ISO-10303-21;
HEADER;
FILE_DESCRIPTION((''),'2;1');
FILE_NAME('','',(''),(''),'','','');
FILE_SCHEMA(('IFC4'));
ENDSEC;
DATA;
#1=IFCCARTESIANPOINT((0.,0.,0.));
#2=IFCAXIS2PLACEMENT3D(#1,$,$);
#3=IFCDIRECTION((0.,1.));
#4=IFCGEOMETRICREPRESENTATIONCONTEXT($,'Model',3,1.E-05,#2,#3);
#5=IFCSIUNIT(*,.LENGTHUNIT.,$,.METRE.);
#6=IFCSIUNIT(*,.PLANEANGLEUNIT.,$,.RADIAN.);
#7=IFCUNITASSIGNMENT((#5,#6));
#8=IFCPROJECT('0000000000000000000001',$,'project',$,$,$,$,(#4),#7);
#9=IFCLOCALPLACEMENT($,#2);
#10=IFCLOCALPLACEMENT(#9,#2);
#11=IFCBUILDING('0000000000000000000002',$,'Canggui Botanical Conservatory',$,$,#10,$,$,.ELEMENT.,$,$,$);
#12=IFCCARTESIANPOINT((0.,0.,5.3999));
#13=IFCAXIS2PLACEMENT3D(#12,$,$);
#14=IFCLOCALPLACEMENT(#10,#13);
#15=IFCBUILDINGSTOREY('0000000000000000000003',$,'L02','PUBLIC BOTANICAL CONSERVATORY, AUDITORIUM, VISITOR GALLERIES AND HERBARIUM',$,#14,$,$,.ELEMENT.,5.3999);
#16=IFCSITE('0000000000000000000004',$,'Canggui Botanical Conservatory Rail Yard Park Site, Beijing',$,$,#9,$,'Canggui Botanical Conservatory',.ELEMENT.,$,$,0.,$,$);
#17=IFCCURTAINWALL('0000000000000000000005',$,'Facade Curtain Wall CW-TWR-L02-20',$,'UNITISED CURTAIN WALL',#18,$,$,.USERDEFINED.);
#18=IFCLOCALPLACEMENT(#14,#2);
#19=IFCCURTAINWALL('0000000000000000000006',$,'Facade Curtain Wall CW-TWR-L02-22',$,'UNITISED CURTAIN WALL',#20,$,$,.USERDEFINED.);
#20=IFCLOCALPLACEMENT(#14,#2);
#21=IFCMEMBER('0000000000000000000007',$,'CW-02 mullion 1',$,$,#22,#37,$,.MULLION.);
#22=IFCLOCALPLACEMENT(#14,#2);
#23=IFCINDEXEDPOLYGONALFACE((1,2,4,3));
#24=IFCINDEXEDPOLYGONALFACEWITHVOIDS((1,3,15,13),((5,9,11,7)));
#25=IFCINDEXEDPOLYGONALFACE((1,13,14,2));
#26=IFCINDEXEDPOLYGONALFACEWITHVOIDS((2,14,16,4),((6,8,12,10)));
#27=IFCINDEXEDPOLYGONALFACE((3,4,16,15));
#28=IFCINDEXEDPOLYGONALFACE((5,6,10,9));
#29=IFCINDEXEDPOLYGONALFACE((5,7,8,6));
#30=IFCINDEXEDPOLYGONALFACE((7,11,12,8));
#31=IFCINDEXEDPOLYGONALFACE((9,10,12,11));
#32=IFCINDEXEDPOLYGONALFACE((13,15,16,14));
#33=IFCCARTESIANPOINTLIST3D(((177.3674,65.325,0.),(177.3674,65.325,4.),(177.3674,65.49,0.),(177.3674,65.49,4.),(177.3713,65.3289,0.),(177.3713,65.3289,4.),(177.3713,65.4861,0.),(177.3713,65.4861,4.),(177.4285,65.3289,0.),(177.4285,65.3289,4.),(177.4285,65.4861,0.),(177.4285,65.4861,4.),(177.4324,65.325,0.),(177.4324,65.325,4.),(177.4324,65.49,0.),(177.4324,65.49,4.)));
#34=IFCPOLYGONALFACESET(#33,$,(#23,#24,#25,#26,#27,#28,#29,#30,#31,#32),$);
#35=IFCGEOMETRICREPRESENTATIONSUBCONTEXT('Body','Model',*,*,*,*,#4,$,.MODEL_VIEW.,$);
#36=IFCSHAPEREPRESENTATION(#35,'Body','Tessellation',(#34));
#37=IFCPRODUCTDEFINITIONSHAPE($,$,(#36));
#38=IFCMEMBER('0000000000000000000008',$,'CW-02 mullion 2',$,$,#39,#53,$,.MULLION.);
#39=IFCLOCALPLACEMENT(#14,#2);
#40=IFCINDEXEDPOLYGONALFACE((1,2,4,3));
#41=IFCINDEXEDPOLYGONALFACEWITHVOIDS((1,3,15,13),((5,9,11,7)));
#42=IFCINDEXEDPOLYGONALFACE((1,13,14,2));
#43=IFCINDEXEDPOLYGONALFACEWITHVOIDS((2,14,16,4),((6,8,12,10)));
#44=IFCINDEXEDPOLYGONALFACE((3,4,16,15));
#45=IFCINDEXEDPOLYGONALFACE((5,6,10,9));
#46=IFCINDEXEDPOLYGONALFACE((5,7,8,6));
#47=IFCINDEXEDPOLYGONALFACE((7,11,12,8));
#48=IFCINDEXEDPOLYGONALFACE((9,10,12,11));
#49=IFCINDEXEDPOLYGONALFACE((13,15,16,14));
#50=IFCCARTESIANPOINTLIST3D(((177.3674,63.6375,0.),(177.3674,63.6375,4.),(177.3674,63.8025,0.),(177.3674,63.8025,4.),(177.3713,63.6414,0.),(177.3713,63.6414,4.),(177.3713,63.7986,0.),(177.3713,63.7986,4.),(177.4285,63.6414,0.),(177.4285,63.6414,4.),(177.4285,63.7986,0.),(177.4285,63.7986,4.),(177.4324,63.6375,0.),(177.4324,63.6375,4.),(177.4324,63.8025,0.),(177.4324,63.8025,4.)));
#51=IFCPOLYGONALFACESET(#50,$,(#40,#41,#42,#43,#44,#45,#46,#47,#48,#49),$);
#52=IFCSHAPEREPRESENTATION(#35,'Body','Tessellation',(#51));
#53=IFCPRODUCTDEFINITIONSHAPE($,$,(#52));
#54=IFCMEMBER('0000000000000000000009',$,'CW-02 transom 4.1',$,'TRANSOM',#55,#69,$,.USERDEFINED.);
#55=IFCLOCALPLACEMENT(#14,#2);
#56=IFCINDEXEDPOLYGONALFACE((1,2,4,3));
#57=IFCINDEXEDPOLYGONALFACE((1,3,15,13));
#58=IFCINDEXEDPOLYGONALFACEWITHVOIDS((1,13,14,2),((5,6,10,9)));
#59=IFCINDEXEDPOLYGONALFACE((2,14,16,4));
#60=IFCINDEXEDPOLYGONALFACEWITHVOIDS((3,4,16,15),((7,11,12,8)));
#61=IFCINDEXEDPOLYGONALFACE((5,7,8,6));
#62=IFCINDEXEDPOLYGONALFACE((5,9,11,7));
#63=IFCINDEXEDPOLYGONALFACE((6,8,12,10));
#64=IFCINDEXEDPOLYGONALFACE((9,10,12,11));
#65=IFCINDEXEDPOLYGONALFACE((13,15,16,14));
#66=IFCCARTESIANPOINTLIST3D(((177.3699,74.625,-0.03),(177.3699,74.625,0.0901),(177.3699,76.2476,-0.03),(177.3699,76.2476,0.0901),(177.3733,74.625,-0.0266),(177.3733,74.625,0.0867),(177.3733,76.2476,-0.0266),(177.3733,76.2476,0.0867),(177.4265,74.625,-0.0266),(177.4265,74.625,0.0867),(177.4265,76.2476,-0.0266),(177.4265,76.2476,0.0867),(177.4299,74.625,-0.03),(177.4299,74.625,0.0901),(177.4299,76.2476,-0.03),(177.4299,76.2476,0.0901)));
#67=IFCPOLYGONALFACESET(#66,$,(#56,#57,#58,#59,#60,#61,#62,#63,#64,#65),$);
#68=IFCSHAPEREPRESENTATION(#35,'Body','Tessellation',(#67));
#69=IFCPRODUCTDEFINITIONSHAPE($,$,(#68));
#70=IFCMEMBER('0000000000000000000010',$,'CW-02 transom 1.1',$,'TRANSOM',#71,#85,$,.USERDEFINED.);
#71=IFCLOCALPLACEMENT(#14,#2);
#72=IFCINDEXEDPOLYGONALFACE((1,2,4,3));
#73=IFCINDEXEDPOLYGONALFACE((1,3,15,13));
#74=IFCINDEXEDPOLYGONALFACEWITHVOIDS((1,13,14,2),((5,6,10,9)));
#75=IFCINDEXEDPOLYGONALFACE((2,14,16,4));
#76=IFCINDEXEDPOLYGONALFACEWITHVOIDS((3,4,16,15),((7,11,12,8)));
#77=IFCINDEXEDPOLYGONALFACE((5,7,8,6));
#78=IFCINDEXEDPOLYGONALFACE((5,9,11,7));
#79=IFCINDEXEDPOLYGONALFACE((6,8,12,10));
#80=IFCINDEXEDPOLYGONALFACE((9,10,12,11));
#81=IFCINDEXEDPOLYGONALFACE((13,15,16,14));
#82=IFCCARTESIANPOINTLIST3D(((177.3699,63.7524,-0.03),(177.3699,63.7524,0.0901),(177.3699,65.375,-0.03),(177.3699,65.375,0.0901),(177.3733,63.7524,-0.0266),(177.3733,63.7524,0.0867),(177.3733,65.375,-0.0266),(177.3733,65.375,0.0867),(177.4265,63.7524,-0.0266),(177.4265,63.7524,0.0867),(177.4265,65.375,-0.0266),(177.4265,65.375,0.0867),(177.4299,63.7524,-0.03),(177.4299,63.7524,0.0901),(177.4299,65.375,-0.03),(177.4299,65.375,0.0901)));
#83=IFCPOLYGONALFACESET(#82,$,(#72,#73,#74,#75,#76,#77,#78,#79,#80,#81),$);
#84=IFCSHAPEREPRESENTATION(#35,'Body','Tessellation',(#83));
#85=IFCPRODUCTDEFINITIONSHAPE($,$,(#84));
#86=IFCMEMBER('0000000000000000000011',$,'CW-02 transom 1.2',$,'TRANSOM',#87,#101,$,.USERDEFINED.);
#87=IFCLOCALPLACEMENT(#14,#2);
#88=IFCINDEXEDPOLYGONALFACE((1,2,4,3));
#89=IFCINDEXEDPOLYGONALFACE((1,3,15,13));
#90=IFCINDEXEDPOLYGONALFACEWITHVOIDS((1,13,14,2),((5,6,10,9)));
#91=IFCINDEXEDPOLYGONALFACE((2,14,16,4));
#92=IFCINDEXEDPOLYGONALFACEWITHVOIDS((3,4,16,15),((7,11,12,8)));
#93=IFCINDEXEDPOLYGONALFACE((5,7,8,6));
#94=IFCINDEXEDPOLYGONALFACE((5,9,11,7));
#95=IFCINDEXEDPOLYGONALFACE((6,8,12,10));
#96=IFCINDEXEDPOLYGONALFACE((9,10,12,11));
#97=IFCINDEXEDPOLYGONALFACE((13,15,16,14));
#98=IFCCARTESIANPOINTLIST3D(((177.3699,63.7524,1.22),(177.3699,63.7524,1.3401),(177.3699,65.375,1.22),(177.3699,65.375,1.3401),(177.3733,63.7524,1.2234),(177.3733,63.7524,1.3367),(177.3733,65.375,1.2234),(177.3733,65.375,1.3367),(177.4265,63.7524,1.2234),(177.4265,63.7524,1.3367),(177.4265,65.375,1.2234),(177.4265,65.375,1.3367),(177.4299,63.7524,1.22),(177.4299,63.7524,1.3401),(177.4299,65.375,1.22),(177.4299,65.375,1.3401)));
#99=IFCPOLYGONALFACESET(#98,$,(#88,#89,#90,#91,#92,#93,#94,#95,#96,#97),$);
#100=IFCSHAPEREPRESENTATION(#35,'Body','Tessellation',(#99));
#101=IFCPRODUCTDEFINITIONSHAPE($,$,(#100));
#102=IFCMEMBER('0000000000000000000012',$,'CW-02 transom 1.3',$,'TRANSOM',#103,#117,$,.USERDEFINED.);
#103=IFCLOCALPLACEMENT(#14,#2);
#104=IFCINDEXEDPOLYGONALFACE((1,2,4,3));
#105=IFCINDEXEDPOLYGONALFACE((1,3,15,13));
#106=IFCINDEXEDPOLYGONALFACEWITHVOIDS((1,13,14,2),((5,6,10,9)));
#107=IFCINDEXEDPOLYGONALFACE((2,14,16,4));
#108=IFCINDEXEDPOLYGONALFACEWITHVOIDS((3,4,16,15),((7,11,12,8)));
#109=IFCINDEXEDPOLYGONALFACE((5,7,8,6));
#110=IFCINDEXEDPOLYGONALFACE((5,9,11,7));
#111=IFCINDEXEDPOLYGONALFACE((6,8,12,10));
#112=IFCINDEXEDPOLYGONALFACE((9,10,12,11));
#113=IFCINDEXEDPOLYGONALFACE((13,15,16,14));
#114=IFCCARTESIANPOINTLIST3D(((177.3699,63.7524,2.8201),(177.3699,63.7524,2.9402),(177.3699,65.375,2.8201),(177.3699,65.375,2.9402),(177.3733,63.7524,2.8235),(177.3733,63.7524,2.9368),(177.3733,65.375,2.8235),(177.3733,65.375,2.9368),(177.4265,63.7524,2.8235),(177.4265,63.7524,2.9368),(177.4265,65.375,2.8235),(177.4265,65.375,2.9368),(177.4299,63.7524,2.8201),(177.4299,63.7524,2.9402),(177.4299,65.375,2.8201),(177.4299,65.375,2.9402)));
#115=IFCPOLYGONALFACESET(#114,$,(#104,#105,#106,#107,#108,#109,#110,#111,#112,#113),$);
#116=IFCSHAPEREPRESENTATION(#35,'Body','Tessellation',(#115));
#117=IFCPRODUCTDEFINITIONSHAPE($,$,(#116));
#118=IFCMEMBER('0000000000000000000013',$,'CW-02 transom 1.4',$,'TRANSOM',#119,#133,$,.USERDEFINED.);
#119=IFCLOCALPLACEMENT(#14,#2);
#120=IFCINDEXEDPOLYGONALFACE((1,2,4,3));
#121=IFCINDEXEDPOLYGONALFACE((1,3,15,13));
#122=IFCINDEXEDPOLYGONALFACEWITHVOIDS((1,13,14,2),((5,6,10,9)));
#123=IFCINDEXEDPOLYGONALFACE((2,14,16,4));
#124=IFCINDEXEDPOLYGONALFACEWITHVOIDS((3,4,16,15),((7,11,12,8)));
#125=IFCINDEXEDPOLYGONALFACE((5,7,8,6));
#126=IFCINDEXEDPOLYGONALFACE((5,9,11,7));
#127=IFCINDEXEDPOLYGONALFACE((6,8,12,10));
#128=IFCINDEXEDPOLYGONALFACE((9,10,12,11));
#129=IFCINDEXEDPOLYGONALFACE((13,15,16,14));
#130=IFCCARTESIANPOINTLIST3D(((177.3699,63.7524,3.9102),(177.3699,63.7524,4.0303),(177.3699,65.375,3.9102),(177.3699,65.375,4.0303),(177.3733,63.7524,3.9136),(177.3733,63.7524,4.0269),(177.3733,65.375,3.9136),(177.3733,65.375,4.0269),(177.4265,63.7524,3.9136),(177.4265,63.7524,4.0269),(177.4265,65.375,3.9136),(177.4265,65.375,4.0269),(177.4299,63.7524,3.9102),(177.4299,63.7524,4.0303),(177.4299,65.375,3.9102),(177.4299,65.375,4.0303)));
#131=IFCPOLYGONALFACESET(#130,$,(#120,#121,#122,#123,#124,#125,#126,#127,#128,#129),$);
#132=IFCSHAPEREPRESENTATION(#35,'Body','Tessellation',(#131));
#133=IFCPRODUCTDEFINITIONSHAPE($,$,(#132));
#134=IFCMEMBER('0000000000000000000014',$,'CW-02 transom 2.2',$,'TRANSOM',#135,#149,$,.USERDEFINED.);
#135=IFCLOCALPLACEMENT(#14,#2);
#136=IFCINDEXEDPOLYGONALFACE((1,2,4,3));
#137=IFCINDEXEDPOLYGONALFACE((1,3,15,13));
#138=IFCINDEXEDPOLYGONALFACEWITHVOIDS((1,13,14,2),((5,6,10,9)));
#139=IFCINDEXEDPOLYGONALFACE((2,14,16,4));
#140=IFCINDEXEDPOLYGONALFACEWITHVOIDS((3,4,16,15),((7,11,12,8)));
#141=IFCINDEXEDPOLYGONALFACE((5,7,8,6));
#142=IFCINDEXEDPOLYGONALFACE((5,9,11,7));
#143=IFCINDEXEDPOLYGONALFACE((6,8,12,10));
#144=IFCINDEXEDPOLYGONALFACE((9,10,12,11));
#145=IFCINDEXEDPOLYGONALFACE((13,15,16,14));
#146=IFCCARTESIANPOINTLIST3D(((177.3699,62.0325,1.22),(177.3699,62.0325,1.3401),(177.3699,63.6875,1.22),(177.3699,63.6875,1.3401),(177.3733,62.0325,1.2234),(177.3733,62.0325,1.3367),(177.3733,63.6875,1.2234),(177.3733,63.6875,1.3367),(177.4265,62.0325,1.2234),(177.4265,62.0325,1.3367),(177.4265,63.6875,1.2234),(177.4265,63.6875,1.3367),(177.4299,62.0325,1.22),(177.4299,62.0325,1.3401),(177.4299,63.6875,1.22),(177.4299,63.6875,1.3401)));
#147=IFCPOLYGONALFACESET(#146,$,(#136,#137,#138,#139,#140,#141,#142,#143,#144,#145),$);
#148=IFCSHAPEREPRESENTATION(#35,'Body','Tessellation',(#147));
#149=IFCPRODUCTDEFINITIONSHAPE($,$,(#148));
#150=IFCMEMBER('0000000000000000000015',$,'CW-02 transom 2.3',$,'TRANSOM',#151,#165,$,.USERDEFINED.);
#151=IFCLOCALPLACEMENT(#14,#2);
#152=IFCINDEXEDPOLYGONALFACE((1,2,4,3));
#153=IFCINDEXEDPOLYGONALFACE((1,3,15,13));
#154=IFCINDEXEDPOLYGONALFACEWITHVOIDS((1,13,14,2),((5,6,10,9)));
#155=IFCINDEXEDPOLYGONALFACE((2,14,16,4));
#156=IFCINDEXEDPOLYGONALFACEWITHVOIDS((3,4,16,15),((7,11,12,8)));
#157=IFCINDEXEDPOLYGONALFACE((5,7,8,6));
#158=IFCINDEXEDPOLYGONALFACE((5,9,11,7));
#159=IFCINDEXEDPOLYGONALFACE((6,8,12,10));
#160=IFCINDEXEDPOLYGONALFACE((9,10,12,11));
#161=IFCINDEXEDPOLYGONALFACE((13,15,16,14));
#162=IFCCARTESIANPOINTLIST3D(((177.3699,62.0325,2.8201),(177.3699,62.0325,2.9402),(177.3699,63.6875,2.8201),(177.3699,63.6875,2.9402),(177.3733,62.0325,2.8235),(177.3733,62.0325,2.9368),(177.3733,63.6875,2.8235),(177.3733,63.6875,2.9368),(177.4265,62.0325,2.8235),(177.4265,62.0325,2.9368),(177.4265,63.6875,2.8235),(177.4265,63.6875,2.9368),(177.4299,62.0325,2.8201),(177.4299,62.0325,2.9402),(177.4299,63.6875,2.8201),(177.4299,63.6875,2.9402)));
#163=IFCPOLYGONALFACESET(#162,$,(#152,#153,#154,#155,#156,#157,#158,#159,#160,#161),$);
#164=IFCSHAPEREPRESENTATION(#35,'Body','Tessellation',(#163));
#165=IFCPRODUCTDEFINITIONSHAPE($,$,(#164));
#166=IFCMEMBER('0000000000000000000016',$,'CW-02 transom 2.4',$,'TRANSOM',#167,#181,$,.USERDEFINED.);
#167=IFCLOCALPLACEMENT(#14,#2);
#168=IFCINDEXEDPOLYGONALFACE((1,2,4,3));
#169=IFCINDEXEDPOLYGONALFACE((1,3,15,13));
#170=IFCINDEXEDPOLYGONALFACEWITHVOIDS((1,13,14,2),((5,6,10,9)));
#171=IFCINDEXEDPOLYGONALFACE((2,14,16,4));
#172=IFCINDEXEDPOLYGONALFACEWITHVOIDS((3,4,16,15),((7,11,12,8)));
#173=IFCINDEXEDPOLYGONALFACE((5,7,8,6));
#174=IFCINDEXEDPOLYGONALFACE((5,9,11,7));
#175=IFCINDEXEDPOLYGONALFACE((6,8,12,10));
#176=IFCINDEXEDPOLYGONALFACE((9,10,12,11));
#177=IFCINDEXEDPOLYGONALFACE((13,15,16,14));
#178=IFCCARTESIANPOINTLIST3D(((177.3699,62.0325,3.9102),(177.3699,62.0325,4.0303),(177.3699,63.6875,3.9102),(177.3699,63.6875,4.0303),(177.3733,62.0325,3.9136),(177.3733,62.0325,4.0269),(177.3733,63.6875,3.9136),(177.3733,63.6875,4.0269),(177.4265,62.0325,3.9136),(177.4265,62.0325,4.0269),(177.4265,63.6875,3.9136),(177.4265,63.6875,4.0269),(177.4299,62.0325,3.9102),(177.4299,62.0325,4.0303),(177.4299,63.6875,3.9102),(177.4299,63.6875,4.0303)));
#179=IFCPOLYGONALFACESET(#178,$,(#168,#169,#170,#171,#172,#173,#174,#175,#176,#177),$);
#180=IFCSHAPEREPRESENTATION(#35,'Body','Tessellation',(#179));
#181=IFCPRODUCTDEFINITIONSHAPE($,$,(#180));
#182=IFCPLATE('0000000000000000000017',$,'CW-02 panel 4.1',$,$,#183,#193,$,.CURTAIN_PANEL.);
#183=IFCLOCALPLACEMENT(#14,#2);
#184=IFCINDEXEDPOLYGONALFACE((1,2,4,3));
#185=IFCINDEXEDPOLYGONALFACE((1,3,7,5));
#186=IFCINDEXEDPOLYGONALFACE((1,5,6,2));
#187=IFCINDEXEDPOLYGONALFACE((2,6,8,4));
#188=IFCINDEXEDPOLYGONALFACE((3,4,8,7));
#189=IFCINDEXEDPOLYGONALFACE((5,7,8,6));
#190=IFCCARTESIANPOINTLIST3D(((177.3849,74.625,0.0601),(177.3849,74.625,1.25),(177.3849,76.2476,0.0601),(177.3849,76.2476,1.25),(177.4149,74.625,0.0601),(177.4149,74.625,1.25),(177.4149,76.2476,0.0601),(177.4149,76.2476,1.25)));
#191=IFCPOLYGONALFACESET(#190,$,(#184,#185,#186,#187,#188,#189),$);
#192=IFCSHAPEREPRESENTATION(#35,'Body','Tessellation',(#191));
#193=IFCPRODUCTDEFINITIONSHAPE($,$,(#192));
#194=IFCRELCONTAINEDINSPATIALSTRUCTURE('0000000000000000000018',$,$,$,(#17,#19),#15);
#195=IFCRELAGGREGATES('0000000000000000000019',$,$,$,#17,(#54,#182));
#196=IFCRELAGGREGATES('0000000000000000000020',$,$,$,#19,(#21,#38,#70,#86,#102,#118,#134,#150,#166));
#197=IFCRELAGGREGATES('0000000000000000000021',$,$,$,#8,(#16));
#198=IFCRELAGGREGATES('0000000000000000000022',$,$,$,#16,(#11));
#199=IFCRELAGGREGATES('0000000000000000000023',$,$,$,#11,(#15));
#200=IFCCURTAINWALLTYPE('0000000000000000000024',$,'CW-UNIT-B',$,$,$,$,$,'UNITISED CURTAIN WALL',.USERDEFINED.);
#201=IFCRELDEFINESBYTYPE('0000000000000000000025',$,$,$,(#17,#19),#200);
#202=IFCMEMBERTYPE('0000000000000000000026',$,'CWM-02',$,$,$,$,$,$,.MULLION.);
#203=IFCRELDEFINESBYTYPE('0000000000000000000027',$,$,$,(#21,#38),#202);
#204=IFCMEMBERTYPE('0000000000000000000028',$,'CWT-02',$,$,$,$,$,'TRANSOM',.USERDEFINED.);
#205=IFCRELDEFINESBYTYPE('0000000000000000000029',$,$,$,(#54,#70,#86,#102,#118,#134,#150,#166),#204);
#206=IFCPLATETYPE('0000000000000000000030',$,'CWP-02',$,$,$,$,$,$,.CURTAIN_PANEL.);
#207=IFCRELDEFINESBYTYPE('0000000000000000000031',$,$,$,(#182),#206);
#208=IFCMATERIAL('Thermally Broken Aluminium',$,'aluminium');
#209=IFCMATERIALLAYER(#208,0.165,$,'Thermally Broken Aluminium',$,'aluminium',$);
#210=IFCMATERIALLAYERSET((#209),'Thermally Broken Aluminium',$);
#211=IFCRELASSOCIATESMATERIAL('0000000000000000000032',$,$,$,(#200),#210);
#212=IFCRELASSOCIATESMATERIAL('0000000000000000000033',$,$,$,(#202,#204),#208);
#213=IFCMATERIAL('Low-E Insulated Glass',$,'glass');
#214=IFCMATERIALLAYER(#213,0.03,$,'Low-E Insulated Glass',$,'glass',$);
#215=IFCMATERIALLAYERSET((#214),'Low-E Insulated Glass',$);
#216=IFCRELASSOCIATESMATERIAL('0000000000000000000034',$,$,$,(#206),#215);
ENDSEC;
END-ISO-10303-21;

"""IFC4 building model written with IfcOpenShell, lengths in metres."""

from ifc_helpers import new_model, si_unit, direction, frame, origin, origin_2d, place, context, subcontext, project, spatial, rectangle, hollow_rectangle, extrude, material, layer, layer_set, material_profile, profile_set, type_object, element, aggregate, save


model = new_model("IFC4")

# Units and contexts
model_context = context("Model", 3, precision=1e-05, world=origin(), true_north=direction((0.0, 1.0)))
body_context = subcontext(model_context, "Body", "Model", "MODEL_VIEW")
ifc_project = project(units=[si_unit("LENGTHUNIT", "METRE"), si_unit("PLANEANGLEUNIT", "RADIAN")], contexts=[model_context])

# Site, building, storey
site_placement = place(None, origin())
site = spatial("IfcSite", under=ifc_project, at=site_placement, Name="Canggui Botanical Conservatory Rail Yard Park Site, Beijing", LongName="Canggui Botanical Conservatory", CompositionType="ELEMENT", RefElevation=0.0)
building_placement = place(site_placement, origin())
building = spatial("IfcBuilding", under=site, at=building_placement, Name="Canggui Botanical Conservatory", CompositionType="ELEMENT")
storey_placement = place(building_placement, frame((0.0, 0.0, 5.3999)))
storey = spatial("IfcBuildingStorey", under=building, at=storey_placement, Name="L02", Description="PUBLIC BOTANICAL CONSERVATORY, AUDITORIUM, VISITOR GALLERIES AND HERBARIUM", CompositionType="ELEMENT", Elevation=5.3999)

# Curtain wall
ifc_material_1 = material(Name="Thermally Broken Aluminium", Category="aluminium")
ifc_layer_1 = layer(ifc_material_1, 0.165, Name="Thermally Broken Aluminium", Category="aluminium")
ifc_layer_set_1 = layer_set([ifc_layer_1], Name="Thermally Broken Aluminium")
curtain_wall_type = type_object("IfcCurtainWallType", Name="CW-UNIT-B", ElementType="UNITISED CURTAIN WALL", PredefinedType="USERDEFINED", material=ifc_layer_set_1)
curtain_wall_1_placement = place(storey_placement, origin())
curtain_wall_1 = element("IfcCurtainWall", 1, at=curtain_wall_1_placement, inside=storey, type_object=curtain_wall_type, Name="Facade Curtain Wall CW-TWR-L02-20", ObjectType="UNITISED CURTAIN WALL", PredefinedType="USERDEFINED")
ifc_material_profile_1 = material_profile(ifc_material_1, hollow_rectangle(XDim=0.0649, YDim=0.165, WallThickness=0.0039, at=origin_2d()), Name="CWM 65x165x4")
ifc_profile_set_1 = profile_set([ifc_material_profile_1], Name="Thermally Broken Aluminium")
member_type_1 = type_object("IfcMemberType", Name="CWM-02", PredefinedType="MULLION", material=ifc_profile_set_1)

# Curtain wall, members
curtain_wall_2_placement = place(storey_placement, origin())
curtain_wall_2 = element("IfcCurtainWall", 2, at=curtain_wall_2_placement, inside=storey, type_object=curtain_wall_type, Name="Facade Curtain Wall CW-TWR-L02-22", ObjectType="UNITISED CURTAIN WALL", PredefinedType="USERDEFINED")
member_1_placement = place(storey_placement, frame((177.3999, 65.4075, 0.0), z_axis=(0.0, 0.0, 1.0), x_axis=(1.0, 0.0, 0.0)))
member_1 = element("IfcMember", 3, at=member_1_placement, type_object=member_type_1, Name="CW-02 mullion 1", PredefinedType="MULLION", context=body_context, shape_type="SweptSolid", body=[
    extrude(hollow_rectangle(XDim=0.0649, YDim=0.165, WallThickness=0.0039, at=origin_2d()), origin(), (0.0, 0.0, 1.0), 4.0),
])
member_2_placement = place(storey_placement, frame((177.3999, 63.72, 0.0), z_axis=(0.0, 0.0, 1.0), x_axis=(1.0, 0.0, 0.0)))
member_2 = element("IfcMember", 4, at=member_2_placement, type_object=member_type_1, Name="CW-02 mullion 2", PredefinedType="MULLION", context=body_context, shape_type="SweptSolid", body=[
    extrude(hollow_rectangle(XDim=0.0649, YDim=0.165, WallThickness=0.0039, at=origin_2d()), origin(), (0.0, 0.0, 1.0), 4.0),
])

# Members
ifc_material_profile_2 = material_profile(ifc_material_1, hollow_rectangle(XDim=0.0601, YDim=0.1201, WallThickness=0.0034, at=origin_2d()), Name="CWT 60x120x3.5")
ifc_profile_set_2 = profile_set([ifc_material_profile_2], Name="Thermally Broken Aluminium")
member_type_2 = type_object("IfcMemberType", Name="CWT-02", ElementType="TRANSOM", PredefinedType="USERDEFINED", material=ifc_profile_set_2)
member_3_placement = place(storey_placement, frame((177.3999, 76.2476, 0.03), z_axis=(0.0, -1.0, 0.0), x_axis=(1.0, 0.0, 0.0)))
member_3 = element("IfcMember", 5, at=member_3_placement, type_object=member_type_2, Name="CW-02 transom 4.1", ObjectType="TRANSOM", PredefinedType="USERDEFINED", context=body_context, shape_type="SweptSolid", body=[
    extrude(hollow_rectangle(XDim=0.0601, YDim=0.1201, WallThickness=0.0034, at=origin_2d()), origin(), (0.0, 0.0, 1.0), 1.6226),
])
member_4_placement = place(storey_placement, frame((177.3999, 65.375, 0.03), z_axis=(0.0, -1.0, 0.0), x_axis=(1.0, 0.0, 0.0)))
member_4 = element("IfcMember", 6, at=member_4_placement, type_object=member_type_2, Name="CW-02 transom 1.1", ObjectType="TRANSOM", PredefinedType="USERDEFINED", context=body_context, shape_type="SweptSolid", body=[
    extrude(hollow_rectangle(XDim=0.0601, YDim=0.1201, WallThickness=0.0034, at=origin_2d()), origin(), (0.0, 0.0, 1.0), 1.6226),
])
member_5_placement = place(storey_placement, frame((177.3999, 65.375, 1.28), z_axis=(0.0, -1.0, 0.0), x_axis=(1.0, 0.0, 0.0)))
member_5 = element("IfcMember", 7, at=member_5_placement, type_object=member_type_2, Name="CW-02 transom 1.2", ObjectType="TRANSOM", PredefinedType="USERDEFINED", context=body_context, shape_type="SweptSolid", body=[
    extrude(hollow_rectangle(XDim=0.0601, YDim=0.1201, WallThickness=0.0034, at=origin_2d()), origin(), (0.0, 0.0, 1.0), 1.6226),
])
member_6_placement = place(storey_placement, frame((177.3999, 65.375, 2.8801), z_axis=(0.0, -1.0, 0.0), x_axis=(1.0, 0.0, 0.0)))
member_6 = element("IfcMember", 8, at=member_6_placement, type_object=member_type_2, Name="CW-02 transom 1.3", ObjectType="TRANSOM", PredefinedType="USERDEFINED", context=body_context, shape_type="SweptSolid", body=[
    extrude(hollow_rectangle(XDim=0.0601, YDim=0.1201, WallThickness=0.0034, at=origin_2d()), origin(), (0.0, 0.0, 1.0), 1.6226),
])
member_7_placement = place(storey_placement, frame((177.3999, 65.375, 3.9702), z_axis=(0.0, -1.0, 0.0), x_axis=(1.0, 0.0, 0.0)))
member_7 = element("IfcMember", 9, at=member_7_placement, type_object=member_type_2, Name="CW-02 transom 1.4", ObjectType="TRANSOM", PredefinedType="USERDEFINED", context=body_context, shape_type="SweptSolid", body=[
    extrude(hollow_rectangle(XDim=0.0601, YDim=0.1201, WallThickness=0.0034, at=origin_2d()), origin(), (0.0, 0.0, 1.0), 1.6226),
])
member_8_placement = place(storey_placement, frame((177.3999, 63.6875, 1.28), z_axis=(0.0, -1.0, 0.0), x_axis=(1.0, 0.0, 0.0)))
member_8 = element("IfcMember", 10, at=member_8_placement, type_object=member_type_2, Name="CW-02 transom 2.2", ObjectType="TRANSOM", PredefinedType="USERDEFINED", context=body_context, shape_type="SweptSolid", body=[
    extrude(hollow_rectangle(XDim=0.0601, YDim=0.1201, WallThickness=0.0034, at=origin_2d()), origin(), (0.0, 0.0, 1.0), 1.655),
])
member_9_placement = place(storey_placement, frame((177.3999, 63.6875, 2.8801), z_axis=(0.0, -1.0, 0.0), x_axis=(1.0, 0.0, 0.0)))
member_9 = element("IfcMember", 11, at=member_9_placement, type_object=member_type_2, Name="CW-02 transom 2.3", ObjectType="TRANSOM", PredefinedType="USERDEFINED", context=body_context, shape_type="SweptSolid", body=[
    extrude(hollow_rectangle(XDim=0.0601, YDim=0.1201, WallThickness=0.0034, at=origin_2d()), origin(), (0.0, 0.0, 1.0), 1.655),
])
member_10_placement = place(storey_placement, frame((177.3999, 63.6875, 3.9702), z_axis=(0.0, -1.0, 0.0), x_axis=(1.0, 0.0, 0.0)))
member_10 = element("IfcMember", 12, at=member_10_placement, type_object=member_type_2, Name="CW-02 transom 2.4", ObjectType="TRANSOM", PredefinedType="USERDEFINED", context=body_context, shape_type="SweptSolid", body=[
    extrude(hollow_rectangle(XDim=0.0601, YDim=0.1201, WallThickness=0.0034, at=origin_2d()), origin(), (0.0, 0.0, 1.0), 1.655),
])

# Plate
ifc_material_2 = material(Name="Low-E Insulated Glass", Category="glass")
ifc_layer_2 = layer(ifc_material_2, 0.03, Name="Low-E Insulated Glass", Category="glass")
ifc_layer_set_2 = layer_set([ifc_layer_2], Name="Low-E Insulated Glass")
plate_type = type_object("IfcPlateType", Name="CWP-02", PredefinedType="CURTAIN_PANEL", material=ifc_layer_set_2)
plate_1_placement = place(storey_placement, frame((177.3999, 75.4363, 0.0601), z_axis=(0.0, 0.0, 1.0), x_axis=(0.0, -1.0, 0.0)))
plate_1 = element("IfcPlate", 13, at=plate_1_placement, type_object=plate_type, Name="CW-02 panel 4.1", PredefinedType="CURTAIN_PANEL", context=body_context, shape_type="SweptSolid", body=[
    extrude(rectangle(XDim=1.6226, YDim=0.03, at=origin_2d()), origin(), (0.0, 0.0, 1.0), 1.1899),
])
aggregate(curtain_wall_1, [member_3, plate_1])
aggregate(curtain_wall_2, [member_1, member_2, member_4, member_5, member_6, member_7, member_8, member_9, member_10])

save(model, "model.ifc")
